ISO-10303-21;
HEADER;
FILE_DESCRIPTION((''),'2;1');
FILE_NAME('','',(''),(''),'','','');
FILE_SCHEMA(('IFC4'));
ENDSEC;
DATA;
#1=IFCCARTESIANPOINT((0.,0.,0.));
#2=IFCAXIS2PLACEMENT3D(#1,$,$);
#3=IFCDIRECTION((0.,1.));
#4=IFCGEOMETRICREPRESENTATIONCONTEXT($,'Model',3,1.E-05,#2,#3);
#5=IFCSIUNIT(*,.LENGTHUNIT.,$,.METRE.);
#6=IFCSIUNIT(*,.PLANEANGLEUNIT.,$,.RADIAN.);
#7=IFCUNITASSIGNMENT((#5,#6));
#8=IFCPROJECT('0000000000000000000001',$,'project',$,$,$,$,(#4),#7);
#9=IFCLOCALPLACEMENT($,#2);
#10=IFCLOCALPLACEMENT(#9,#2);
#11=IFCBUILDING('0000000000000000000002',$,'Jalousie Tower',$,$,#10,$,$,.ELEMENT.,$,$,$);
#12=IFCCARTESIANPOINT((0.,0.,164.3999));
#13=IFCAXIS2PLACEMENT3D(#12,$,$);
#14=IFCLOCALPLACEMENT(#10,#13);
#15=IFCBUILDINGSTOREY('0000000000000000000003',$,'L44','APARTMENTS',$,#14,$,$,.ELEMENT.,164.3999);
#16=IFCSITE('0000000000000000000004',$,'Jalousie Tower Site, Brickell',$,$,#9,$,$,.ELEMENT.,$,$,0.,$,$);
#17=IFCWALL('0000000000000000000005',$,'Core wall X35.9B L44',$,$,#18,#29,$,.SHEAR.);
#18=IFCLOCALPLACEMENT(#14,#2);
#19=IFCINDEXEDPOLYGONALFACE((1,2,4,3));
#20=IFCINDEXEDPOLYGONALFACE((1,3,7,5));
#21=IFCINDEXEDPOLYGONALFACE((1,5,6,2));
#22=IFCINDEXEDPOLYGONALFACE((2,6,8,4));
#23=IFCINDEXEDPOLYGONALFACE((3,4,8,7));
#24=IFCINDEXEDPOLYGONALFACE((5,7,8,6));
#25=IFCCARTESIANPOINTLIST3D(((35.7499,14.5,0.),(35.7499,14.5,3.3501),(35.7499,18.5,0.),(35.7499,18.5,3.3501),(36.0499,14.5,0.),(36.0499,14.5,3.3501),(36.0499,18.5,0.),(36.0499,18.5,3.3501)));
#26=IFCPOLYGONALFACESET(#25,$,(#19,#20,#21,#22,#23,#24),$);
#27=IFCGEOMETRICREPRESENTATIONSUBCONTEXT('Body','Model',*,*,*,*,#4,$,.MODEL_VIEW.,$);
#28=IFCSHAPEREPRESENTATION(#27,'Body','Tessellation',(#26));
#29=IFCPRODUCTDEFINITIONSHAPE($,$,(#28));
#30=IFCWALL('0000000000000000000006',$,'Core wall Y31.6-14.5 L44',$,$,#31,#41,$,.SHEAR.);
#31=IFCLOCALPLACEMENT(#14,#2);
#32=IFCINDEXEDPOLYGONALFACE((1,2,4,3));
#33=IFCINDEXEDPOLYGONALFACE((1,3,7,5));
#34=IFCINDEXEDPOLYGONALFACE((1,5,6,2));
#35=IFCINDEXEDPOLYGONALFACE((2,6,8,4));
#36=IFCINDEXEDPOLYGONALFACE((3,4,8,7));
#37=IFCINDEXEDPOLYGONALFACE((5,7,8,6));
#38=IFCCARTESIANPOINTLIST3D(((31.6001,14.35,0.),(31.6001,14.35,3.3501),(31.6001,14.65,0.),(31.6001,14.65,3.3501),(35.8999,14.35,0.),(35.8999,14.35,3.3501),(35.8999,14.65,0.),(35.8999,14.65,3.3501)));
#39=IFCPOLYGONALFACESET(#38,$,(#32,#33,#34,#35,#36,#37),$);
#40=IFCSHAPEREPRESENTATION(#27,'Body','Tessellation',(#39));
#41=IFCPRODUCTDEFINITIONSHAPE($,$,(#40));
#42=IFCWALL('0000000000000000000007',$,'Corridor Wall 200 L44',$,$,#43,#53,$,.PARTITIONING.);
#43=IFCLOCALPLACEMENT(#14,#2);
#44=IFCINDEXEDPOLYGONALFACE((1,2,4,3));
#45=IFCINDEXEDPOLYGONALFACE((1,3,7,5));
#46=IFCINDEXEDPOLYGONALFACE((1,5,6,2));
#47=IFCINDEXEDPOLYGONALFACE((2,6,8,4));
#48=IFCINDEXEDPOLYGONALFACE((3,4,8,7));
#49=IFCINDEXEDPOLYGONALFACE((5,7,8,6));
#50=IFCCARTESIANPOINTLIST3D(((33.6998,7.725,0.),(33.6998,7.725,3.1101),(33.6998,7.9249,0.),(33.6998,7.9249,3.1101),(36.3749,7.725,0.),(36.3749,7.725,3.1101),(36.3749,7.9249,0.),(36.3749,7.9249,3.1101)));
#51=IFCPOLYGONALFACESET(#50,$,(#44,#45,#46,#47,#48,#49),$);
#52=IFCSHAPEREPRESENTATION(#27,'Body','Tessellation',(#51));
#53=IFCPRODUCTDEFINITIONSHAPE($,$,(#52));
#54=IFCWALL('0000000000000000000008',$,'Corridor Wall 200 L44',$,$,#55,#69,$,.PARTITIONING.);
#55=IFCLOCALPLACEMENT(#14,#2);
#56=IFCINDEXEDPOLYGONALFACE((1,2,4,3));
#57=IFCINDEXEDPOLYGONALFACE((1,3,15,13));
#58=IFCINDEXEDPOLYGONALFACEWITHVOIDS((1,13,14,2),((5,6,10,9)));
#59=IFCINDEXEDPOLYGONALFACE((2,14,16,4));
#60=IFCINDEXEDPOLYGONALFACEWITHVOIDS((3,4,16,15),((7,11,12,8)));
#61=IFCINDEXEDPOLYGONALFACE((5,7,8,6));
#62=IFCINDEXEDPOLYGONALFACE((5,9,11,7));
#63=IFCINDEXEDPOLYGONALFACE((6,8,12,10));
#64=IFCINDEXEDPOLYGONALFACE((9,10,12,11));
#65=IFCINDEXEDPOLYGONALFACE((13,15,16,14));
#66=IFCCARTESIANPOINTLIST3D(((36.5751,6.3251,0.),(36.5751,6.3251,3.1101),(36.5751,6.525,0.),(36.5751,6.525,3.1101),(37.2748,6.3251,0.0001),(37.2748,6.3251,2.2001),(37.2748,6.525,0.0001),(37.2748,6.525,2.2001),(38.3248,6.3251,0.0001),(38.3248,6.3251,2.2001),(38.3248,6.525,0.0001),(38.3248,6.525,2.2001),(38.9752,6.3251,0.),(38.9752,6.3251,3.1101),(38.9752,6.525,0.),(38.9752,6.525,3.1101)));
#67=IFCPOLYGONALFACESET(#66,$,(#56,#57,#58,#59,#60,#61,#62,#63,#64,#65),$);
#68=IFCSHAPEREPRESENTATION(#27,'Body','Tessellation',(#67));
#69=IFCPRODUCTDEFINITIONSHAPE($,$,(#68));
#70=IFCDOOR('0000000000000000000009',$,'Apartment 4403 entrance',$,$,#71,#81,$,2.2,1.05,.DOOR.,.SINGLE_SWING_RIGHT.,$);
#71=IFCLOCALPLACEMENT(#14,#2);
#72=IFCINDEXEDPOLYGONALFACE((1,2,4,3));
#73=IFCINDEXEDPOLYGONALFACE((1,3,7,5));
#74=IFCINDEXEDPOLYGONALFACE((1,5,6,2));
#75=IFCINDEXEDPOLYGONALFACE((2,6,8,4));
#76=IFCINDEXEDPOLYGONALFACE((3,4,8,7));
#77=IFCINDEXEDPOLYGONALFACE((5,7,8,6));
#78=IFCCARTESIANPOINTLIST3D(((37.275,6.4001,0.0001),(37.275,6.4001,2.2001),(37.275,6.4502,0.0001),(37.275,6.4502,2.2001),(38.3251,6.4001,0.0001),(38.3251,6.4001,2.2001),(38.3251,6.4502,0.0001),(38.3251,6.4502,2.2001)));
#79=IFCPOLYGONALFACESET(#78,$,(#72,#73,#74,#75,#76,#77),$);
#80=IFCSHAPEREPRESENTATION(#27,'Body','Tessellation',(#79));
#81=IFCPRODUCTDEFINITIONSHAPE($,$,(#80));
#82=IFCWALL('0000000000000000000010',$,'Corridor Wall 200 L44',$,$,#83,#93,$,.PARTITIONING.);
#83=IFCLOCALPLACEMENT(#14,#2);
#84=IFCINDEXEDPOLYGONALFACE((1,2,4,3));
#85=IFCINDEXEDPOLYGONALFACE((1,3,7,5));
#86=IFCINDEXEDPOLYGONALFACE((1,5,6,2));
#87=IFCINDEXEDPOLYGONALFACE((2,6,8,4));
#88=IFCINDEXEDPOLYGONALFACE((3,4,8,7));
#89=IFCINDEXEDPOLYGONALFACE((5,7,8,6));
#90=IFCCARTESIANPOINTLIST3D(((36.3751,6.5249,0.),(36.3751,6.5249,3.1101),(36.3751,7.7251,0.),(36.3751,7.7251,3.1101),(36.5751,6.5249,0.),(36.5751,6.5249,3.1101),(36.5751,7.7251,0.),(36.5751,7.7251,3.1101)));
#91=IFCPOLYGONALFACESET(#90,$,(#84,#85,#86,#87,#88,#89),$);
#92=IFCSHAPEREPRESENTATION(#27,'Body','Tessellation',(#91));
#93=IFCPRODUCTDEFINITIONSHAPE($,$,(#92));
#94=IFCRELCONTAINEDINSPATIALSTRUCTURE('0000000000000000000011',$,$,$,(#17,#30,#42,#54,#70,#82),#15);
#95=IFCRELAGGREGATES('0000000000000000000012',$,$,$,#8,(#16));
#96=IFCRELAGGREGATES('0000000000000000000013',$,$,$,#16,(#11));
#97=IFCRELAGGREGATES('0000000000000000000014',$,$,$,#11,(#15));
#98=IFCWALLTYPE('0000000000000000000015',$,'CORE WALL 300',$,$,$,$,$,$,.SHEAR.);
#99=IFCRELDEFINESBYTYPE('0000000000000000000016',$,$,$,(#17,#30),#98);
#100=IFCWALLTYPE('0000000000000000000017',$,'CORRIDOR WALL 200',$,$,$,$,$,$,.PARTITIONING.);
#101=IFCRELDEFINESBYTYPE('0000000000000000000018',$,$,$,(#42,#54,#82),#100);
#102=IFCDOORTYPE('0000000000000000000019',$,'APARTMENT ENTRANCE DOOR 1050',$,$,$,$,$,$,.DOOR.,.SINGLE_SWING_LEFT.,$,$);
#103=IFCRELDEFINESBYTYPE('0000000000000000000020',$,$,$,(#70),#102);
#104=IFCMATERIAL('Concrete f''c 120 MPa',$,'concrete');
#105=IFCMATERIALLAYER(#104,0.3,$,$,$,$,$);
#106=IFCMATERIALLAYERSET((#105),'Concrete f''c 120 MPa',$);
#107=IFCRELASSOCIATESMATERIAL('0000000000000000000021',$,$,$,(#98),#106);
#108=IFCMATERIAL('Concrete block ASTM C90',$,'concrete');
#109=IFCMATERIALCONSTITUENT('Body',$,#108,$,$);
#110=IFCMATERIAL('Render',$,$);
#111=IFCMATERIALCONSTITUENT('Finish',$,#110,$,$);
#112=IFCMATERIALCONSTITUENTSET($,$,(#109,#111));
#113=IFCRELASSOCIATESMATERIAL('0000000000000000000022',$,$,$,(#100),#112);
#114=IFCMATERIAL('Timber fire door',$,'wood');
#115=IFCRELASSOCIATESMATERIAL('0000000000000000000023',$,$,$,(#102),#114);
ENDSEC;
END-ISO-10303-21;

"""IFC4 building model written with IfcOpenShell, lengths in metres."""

from ifc_helpers import new_model, si_unit, direction, frame, frame_2d, origin, place, context, subcontext, project, spatial, rectangle, extrude, material, layer, layer_set, constituent, constituent_set, type_object, element, fill, save


model = new_model("IFC4")

# Units and contexts
model_context = context("Model", 3, precision=1e-05, world=origin(), true_north=direction((0.0, 1.0)))
body_context = subcontext(model_context, "Body", "Model", "MODEL_VIEW")
ifc_project = project(units=[si_unit("LENGTHUNIT", "METRE"), si_unit("PLANEANGLEUNIT", "RADIAN")], contexts=[model_context])

# Site, building, storey
site_placement = place(None, origin())
site = spatial("IfcSite", under=ifc_project, at=site_placement, Name="Jalousie Tower Site, Brickell", CompositionType="ELEMENT", RefElevation=0.0)
building_placement = place(site_placement, origin())
building = spatial("IfcBuilding", under=site, at=building_placement, Name="Jalousie Tower", CompositionType="ELEMENT")
storey_placement = place(building_placement, frame((0.0, 0.0, 164.3999)))
storey = spatial("IfcBuildingStorey", under=building, at=storey_placement, Name="L44", Description="APARTMENTS", CompositionType="ELEMENT", Elevation=164.3999)

# Shared definitions
ifc_material_1 = material(Name="Concrete f'c 120 MPa", Category="concrete")
ifc_layer_1 = layer(ifc_material_1, 0.3)
ifc_layer_set_1 = layer_set([ifc_layer_1], Name="Concrete f'c 120 MPa")
wall_type_1 = type_object("IfcWallType", Name="CORE WALL 300", PredefinedType="SHEAR", material=ifc_layer_set_1)

# Walls
wall_1_placement = place(storey_placement, frame((35.8999, 14.5, 0.0), z_axis=(0.0, 0.0, 1.0), x_axis=(0.0, 1.0, 0.0)))
element("IfcWall", 1, at=wall_1_placement, inside=storey, type_object=wall_type_1, Name="Core wall X35.9B L44", PredefinedType="SHEAR", context=body_context, shape_type="SweptSolid", body=[
    extrude(rectangle(XDim=4.0, YDim=0.3, at=frame_2d((2.0, 0.0))), origin(), (0.0, 0.0, 1.0), 3.3501),
])
wall_2_placement = place(storey_placement, frame((31.6001, 14.5, 0.0), z_axis=(0.0, 0.0, 1.0), x_axis=(1.0, 0.0, 0.0)))
element("IfcWall", 2, at=wall_2_placement, inside=storey, type_object=wall_type_1, Name="Core wall Y31.6-14.5 L44", PredefinedType="SHEAR", context=body_context, shape_type="SweptSolid", body=[
    extrude(rectangle(XDim=4.2998, YDim=0.3, at=frame_2d((2.1499, 0.0))), origin(), (0.0, 0.0, 1.0), 3.3501),
])
ifc_material_2 = material(Name="Concrete block ASTM C90", Category="concrete")
ifc_constituent_1 = constituent(ifc_material_2, Name="Body")
ifc_material_3 = material(Name="Render")
ifc_constituent_2 = constituent(ifc_material_3, Name="Finish")
ifc_constituent_set_1 = constituent_set(constituents=[ifc_constituent_1, ifc_constituent_2])
wall_type_2 = type_object("IfcWallType", Name="CORRIDOR WALL 200", PredefinedType="PARTITIONING", material=ifc_constituent_set_1)
wall_3_placement = place(storey_placement, frame((33.7, 7.825, 0.0), z_axis=(0.0, 0.0, 1.0), x_axis=(1.0, 0.0, 0.0)))
element("IfcWall", 3, at=wall_3_placement, inside=storey, type_object=wall_type_2, Name="Corridor Wall 200 L44", PredefinedType="PARTITIONING", context=body_context, shape_type="SweptSolid", body=[
    extrude(rectangle(XDim=2.675, YDim=0.2, at=frame_2d((1.3374, 0.0))), origin(), (0.0, 0.0, 1.0), 3.1101),
])

# Wall, opening, door
wall_4_placement = place(storey_placement, frame((36.575, 6.425, 0.0), z_axis=(0.0, 0.0, 1.0), x_axis=(1.0, 0.0, 0.0)))
wall_4 = element("IfcWall", 4, at=wall_4_placement, inside=storey, type_object=wall_type_2, Name="Corridor Wall 200 L44", PredefinedType="PARTITIONING", context=body_context, shape_type="SweptSolid", body=[
    extrude(rectangle(XDim=2.4001, YDim=0.2, at=frame_2d((1.2002, 0.0))), origin(), (0.0, 0.0, 1.0), 3.1101),
])
opening_1_placement = place(wall_4_placement, frame((0.7, 0.0, 0.0)))
opening_1 = element("IfcOpeningElement", 5, at=opening_1_placement, cuts=wall_4, PredefinedType="OPENING", context=body_context, shape_type="SweptSolid", body=[
    extrude(rectangle(XDim=1.05, YDim=2.2, at=frame_2d((0.5249, 1.1001))), frame((0.0, 0.1099, 0.0), z_axis=(0.0, -1.0, 0.0), x_axis=(1.0, 0.0, 0.0)), (0.0, 0.0, 1.0), 0.22),
])
ifc_material_4 = material(Name="Timber fire door", Category="wood")
door_type_1 = type_object("IfcDoorType", Name="APARTMENT ENTRANCE DOOR 1050", OperationType="SINGLE_SWING_LEFT", PredefinedType="DOOR", material=ifc_material_4)
door_1_placement = place(opening_1_placement, frame((1.05, 0.0, 0.0), z_axis=(0.0, 0.0, 1.0), x_axis=(-1.0, 0.0, 0.0)))
door_1 = element("IfcDoor", 6, at=door_1_placement, inside=storey, type_object=door_type_1, Name="Apartment 4403 entrance", OperationType="SINGLE_SWING_RIGHT", OverallHeight=2.2, OverallWidth=1.05, PredefinedType="DOOR", context=body_context, shape_type="SweptSolid", body=[
    extrude(rectangle(XDim=1.05, YDim=2.2, at=frame_2d((0.5249, 1.1001))), frame((0.0, 0.0249, 0.0), z_axis=(0.0, -1.0, 0.0), x_axis=(1.0, 0.0, 0.0)), (0.0, 0.0, 1.0), 0.05),
])
fill(opening_1, door_1)

# Wall
wall_5_placement = place(storey_placement, frame((36.4751, 7.7251, 0.0), z_axis=(0.0, 0.0, 1.0), x_axis=(0.0, -1.0, 0.0)))
element("IfcWall", 7, at=wall_5_placement, inside=storey, type_object=wall_type_2, Name="Corridor Wall 200 L44", PredefinedType="PARTITIONING", context=body_context, shape_type="SweptSolid", body=[
    extrude(rectangle(XDim=1.2002, YDim=0.2, at=frame_2d((0.6001, 0.0))), origin(), (0.0, 0.0, 1.0), 3.1101),
])

save(model, "model.ifc")
